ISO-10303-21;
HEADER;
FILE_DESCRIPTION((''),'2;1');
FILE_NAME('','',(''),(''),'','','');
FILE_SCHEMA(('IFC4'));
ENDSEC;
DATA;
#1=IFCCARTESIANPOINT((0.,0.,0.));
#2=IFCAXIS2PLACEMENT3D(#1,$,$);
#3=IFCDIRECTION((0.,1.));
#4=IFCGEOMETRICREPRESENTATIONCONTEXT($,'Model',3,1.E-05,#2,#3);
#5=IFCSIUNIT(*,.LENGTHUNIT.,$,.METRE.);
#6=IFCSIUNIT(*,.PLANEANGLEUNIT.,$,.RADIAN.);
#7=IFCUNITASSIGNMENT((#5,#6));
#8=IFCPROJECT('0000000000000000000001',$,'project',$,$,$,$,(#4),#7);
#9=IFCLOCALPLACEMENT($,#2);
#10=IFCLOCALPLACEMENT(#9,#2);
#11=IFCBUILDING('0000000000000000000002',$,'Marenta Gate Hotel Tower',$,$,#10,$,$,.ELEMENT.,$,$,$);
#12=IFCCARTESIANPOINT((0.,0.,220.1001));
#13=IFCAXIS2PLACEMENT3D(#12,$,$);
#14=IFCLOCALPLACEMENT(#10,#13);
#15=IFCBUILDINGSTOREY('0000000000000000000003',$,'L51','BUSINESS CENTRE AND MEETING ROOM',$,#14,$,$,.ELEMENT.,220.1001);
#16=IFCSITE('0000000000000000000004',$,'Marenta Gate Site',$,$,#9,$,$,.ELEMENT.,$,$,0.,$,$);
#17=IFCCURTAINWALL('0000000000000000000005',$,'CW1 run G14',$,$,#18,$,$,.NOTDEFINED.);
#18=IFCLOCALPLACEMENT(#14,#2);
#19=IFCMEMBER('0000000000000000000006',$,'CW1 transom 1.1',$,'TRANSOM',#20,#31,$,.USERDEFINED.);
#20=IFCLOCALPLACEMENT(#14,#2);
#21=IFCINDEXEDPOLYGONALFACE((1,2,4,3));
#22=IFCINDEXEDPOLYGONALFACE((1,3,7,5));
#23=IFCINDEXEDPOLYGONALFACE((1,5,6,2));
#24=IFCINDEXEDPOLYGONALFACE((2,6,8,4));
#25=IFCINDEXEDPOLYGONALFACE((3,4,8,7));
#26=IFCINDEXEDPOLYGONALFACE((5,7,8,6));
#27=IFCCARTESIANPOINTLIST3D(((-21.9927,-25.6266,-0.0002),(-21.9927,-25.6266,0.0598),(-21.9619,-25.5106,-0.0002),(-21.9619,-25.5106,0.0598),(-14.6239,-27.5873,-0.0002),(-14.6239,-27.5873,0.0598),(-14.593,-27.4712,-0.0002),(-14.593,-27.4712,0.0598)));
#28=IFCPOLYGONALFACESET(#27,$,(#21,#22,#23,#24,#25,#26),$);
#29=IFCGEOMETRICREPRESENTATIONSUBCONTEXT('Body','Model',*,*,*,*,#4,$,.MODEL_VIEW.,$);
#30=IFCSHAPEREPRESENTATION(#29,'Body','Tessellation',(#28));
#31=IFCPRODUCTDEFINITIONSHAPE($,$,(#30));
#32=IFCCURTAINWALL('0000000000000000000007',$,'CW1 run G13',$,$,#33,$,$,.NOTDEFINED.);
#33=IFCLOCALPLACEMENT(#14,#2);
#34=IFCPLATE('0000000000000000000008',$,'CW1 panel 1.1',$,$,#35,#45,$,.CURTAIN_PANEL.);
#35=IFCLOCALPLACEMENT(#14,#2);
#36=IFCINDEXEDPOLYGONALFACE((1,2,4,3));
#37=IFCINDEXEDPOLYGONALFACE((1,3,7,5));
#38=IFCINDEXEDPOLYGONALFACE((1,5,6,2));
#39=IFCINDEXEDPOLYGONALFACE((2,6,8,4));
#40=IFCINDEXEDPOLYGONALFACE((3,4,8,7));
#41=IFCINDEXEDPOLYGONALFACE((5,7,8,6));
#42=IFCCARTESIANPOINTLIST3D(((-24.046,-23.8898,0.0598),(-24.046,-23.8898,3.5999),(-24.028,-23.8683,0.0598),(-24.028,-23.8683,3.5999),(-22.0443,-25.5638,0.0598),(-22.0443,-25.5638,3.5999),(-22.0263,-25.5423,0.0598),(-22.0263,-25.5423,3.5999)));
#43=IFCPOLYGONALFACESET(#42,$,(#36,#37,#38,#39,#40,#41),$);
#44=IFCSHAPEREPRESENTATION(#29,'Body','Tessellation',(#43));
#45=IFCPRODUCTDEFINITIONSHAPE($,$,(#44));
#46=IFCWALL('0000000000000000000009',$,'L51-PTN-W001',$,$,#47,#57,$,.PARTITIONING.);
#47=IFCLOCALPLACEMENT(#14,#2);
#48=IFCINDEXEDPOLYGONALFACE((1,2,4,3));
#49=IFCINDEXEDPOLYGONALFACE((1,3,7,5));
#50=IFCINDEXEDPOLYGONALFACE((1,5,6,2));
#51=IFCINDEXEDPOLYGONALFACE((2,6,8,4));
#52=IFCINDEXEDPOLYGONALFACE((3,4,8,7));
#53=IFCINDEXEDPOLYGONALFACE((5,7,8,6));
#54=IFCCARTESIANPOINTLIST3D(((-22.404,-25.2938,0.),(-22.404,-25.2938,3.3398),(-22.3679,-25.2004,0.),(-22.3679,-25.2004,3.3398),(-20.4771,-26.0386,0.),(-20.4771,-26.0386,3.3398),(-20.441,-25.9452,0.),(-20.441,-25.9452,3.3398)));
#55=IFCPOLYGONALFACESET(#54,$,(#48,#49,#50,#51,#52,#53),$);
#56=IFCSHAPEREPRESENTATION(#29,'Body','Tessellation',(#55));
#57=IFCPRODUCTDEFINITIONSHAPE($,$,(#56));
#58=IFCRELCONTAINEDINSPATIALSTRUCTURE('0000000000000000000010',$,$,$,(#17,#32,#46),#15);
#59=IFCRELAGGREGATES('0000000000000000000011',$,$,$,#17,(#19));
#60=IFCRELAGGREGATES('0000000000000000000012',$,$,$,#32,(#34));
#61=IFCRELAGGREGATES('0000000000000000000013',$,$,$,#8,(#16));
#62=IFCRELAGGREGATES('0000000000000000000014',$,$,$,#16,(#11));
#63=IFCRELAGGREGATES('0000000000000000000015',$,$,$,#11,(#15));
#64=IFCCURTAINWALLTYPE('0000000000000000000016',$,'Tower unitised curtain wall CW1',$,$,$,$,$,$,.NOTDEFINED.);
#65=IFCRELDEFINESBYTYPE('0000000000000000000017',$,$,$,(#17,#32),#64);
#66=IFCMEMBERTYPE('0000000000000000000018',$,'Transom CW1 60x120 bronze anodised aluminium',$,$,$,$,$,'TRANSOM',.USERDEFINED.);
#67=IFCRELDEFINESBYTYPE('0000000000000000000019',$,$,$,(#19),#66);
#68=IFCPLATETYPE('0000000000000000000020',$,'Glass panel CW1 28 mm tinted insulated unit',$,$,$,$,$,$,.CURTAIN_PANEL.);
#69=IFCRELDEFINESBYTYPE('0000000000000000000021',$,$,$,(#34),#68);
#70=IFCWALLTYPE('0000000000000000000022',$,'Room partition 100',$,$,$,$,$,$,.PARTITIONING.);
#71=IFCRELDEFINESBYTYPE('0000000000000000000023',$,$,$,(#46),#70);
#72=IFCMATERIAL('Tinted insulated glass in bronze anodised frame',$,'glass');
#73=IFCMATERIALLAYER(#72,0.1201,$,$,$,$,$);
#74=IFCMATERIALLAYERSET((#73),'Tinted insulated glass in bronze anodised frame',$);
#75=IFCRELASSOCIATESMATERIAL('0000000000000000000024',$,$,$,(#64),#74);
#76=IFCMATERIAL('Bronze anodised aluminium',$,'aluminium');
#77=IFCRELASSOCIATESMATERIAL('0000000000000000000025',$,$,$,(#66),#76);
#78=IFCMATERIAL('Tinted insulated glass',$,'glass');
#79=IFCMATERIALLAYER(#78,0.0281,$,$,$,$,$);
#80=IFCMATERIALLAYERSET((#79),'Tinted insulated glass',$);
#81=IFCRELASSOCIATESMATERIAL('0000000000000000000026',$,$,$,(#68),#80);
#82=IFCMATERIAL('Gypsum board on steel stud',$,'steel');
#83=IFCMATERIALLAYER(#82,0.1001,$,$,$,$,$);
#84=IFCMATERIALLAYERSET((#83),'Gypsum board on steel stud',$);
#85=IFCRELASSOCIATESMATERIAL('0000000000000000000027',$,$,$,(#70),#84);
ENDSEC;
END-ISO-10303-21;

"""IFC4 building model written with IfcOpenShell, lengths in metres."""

from ifc_helpers import new_model, si_unit, direction, frame, frame_2d, origin, origin_2d, place, context, subcontext, project, spatial, rectangle, extrude, material, layer, layer_set, material_profile, profile_set, type_object, element, aggregate, save


model = new_model("IFC4")

# Units and contexts
model_context = context("Model", 3, precision=1e-05, world=origin(), true_north=direction((0.0, 1.0)))
body_context = subcontext(model_context, "Body", "Model", "MODEL_VIEW")
ifc_project = project(units=[si_unit("LENGTHUNIT", "METRE"), si_unit("PLANEANGLEUNIT", "RADIAN")], contexts=[model_context])

# Site, building, storey
site_placement = place(None, origin())
site = spatial("IfcSite", under=ifc_project, at=site_placement, Name="Marenta Gate Site", CompositionType="ELEMENT", RefElevation=0.0)
building_placement = place(site_placement, origin())
building = spatial("IfcBuilding", under=site, at=building_placement, Name="Marenta Gate Hotel Tower", CompositionType="ELEMENT")
storey_placement = place(building_placement, frame((0.0, 0.0, 220.1001)))
storey = spatial("IfcBuildingStorey", under=building, at=storey_placement, Name="L51", Description="BUSINESS CENTRE AND MEETING ROOM", CompositionType="ELEMENT", Elevation=220.1001)

# Curtain wall, member
ifc_material_1 = material(Name="Tinted insulated glass in bronze anodised frame", Category="glass")
ifc_layer_1 = layer(ifc_material_1, 0.1201)
ifc_layer_set_1 = layer_set([ifc_layer_1], Name="Tinted insulated glass in bronze anodised frame")
curtain_wall_type = type_object("IfcCurtainWallType", Name="Tower unitised curtain wall CW1", PredefinedType="NOTDEFINED", material=ifc_layer_set_1)
curtain_wall_1_placement = place(storey_placement, origin())
curtain_wall_1 = element("IfcCurtainWall", 1, at=curtain_wall_1_placement, inside=storey, type_object=curtain_wall_type, Name="CW1 run G14", PredefinedType="NOTDEFINED")
ifc_material_2 = material(Name="Bronze anodised aluminium", Category="aluminium")
ifc_material_profile_1 = material_profile(ifc_material_2, rectangle(XDim=0.1201, YDim=0.0601, at=origin_2d()), Name="Transom CW1 60x120 bronze anodised aluminium")
ifc_profile_set_1 = profile_set([ifc_material_profile_1], Name="Bronze anodised aluminium")
member_type_1 = type_object("IfcMemberType", Name="Transom CW1 60x120 bronze anodised aluminium", ElementType="TRANSOM", PredefinedType="USERDEFINED", material=ifc_profile_set_1)
member_1_placement = place(storey_placement, frame((-21.9773, -25.5686, 0.0298), z_axis=(0.966377, -0.257131, 0.0), x_axis=(0.257131, 0.966377, 0.0)))
member_1 = element("IfcMember", 2, at=member_1_placement, type_object=member_type_1, Name="CW1 transom 1.1", ObjectType="TRANSOM", PredefinedType="USERDEFINED", context=body_context, shape_type="SweptSolid", body=[
    extrude(rectangle(XDim=0.1201, YDim=0.0601, at=origin_2d()), origin(), (0.0, 0.0, 1.0), 7.6252),
])
aggregate(curtain_wall_1, [member_1])

# Curtain wall, plate
curtain_wall_2_placement = place(storey_placement, origin())
curtain_wall_2 = element("IfcCurtainWall", 3, at=curtain_wall_2_placement, inside=storey, type_object=curtain_wall_type, Name="CW1 run G13", PredefinedType="NOTDEFINED")
ifc_material_3 = material(Name="Tinted insulated glass", Category="glass")
ifc_layer_2 = layer(ifc_material_3, 0.0281)
ifc_layer_set_2 = layer_set([ifc_layer_2], Name="Tinted insulated glass")
plate_type = type_object("IfcPlateType", Name="Glass panel CW1 28 mm tinted insulated unit", PredefinedType="CURTAIN_PANEL", material=ifc_layer_set_2)
plate_placement = place(storey_placement, frame((-23.0361, -24.7161, 0.0598), z_axis=(0.0, 0.0, 1.0), x_axis=(0.767102, -0.641525, 0.0)))
plate = element("IfcPlate", 4, at=plate_placement, type_object=plate_type, Name="CW1 panel 1.1", PredefinedType="CURTAIN_PANEL", context=body_context, shape_type="SweptSolid", body=[
    extrude(rectangle(XDim=2.6094, YDim=0.0281, at=origin_2d()), origin(), (0.0, 0.0, 1.0), 3.54),
])
aggregate(curtain_wall_2, [plate])

# Wall
ifc_material_4 = material(Name="Gypsum board on steel stud", Category="steel")
ifc_layer_3 = layer(ifc_material_4, 0.1001)
ifc_layer_set_3 = layer_set([ifc_layer_3], Name="Gypsum board on steel stud")
wall_type = type_object("IfcWallType", Name="Room partition 100", PredefinedType="PARTITIONING", material=ifc_layer_set_3)
wall_placement = place(storey_placement, frame((-22.386, -25.2471, 0.0), z_axis=(0.0, 0.0, 1.0), x_axis=(0.932741, -0.360546, 0.0)))
element("IfcWall", 5, at=wall_placement, inside=storey, type_object=wall_type, Name="L51-PTN-W001", PredefinedType="PARTITIONING", context=body_context, shape_type="SweptSolid", body=[
    extrude(rectangle(XDim=2.0659, YDim=0.1001, at=frame_2d((1.033, 0.0))), origin(), (0.0, 0.0, 1.0), 3.3398),
])

save(model, "model.ifc")
